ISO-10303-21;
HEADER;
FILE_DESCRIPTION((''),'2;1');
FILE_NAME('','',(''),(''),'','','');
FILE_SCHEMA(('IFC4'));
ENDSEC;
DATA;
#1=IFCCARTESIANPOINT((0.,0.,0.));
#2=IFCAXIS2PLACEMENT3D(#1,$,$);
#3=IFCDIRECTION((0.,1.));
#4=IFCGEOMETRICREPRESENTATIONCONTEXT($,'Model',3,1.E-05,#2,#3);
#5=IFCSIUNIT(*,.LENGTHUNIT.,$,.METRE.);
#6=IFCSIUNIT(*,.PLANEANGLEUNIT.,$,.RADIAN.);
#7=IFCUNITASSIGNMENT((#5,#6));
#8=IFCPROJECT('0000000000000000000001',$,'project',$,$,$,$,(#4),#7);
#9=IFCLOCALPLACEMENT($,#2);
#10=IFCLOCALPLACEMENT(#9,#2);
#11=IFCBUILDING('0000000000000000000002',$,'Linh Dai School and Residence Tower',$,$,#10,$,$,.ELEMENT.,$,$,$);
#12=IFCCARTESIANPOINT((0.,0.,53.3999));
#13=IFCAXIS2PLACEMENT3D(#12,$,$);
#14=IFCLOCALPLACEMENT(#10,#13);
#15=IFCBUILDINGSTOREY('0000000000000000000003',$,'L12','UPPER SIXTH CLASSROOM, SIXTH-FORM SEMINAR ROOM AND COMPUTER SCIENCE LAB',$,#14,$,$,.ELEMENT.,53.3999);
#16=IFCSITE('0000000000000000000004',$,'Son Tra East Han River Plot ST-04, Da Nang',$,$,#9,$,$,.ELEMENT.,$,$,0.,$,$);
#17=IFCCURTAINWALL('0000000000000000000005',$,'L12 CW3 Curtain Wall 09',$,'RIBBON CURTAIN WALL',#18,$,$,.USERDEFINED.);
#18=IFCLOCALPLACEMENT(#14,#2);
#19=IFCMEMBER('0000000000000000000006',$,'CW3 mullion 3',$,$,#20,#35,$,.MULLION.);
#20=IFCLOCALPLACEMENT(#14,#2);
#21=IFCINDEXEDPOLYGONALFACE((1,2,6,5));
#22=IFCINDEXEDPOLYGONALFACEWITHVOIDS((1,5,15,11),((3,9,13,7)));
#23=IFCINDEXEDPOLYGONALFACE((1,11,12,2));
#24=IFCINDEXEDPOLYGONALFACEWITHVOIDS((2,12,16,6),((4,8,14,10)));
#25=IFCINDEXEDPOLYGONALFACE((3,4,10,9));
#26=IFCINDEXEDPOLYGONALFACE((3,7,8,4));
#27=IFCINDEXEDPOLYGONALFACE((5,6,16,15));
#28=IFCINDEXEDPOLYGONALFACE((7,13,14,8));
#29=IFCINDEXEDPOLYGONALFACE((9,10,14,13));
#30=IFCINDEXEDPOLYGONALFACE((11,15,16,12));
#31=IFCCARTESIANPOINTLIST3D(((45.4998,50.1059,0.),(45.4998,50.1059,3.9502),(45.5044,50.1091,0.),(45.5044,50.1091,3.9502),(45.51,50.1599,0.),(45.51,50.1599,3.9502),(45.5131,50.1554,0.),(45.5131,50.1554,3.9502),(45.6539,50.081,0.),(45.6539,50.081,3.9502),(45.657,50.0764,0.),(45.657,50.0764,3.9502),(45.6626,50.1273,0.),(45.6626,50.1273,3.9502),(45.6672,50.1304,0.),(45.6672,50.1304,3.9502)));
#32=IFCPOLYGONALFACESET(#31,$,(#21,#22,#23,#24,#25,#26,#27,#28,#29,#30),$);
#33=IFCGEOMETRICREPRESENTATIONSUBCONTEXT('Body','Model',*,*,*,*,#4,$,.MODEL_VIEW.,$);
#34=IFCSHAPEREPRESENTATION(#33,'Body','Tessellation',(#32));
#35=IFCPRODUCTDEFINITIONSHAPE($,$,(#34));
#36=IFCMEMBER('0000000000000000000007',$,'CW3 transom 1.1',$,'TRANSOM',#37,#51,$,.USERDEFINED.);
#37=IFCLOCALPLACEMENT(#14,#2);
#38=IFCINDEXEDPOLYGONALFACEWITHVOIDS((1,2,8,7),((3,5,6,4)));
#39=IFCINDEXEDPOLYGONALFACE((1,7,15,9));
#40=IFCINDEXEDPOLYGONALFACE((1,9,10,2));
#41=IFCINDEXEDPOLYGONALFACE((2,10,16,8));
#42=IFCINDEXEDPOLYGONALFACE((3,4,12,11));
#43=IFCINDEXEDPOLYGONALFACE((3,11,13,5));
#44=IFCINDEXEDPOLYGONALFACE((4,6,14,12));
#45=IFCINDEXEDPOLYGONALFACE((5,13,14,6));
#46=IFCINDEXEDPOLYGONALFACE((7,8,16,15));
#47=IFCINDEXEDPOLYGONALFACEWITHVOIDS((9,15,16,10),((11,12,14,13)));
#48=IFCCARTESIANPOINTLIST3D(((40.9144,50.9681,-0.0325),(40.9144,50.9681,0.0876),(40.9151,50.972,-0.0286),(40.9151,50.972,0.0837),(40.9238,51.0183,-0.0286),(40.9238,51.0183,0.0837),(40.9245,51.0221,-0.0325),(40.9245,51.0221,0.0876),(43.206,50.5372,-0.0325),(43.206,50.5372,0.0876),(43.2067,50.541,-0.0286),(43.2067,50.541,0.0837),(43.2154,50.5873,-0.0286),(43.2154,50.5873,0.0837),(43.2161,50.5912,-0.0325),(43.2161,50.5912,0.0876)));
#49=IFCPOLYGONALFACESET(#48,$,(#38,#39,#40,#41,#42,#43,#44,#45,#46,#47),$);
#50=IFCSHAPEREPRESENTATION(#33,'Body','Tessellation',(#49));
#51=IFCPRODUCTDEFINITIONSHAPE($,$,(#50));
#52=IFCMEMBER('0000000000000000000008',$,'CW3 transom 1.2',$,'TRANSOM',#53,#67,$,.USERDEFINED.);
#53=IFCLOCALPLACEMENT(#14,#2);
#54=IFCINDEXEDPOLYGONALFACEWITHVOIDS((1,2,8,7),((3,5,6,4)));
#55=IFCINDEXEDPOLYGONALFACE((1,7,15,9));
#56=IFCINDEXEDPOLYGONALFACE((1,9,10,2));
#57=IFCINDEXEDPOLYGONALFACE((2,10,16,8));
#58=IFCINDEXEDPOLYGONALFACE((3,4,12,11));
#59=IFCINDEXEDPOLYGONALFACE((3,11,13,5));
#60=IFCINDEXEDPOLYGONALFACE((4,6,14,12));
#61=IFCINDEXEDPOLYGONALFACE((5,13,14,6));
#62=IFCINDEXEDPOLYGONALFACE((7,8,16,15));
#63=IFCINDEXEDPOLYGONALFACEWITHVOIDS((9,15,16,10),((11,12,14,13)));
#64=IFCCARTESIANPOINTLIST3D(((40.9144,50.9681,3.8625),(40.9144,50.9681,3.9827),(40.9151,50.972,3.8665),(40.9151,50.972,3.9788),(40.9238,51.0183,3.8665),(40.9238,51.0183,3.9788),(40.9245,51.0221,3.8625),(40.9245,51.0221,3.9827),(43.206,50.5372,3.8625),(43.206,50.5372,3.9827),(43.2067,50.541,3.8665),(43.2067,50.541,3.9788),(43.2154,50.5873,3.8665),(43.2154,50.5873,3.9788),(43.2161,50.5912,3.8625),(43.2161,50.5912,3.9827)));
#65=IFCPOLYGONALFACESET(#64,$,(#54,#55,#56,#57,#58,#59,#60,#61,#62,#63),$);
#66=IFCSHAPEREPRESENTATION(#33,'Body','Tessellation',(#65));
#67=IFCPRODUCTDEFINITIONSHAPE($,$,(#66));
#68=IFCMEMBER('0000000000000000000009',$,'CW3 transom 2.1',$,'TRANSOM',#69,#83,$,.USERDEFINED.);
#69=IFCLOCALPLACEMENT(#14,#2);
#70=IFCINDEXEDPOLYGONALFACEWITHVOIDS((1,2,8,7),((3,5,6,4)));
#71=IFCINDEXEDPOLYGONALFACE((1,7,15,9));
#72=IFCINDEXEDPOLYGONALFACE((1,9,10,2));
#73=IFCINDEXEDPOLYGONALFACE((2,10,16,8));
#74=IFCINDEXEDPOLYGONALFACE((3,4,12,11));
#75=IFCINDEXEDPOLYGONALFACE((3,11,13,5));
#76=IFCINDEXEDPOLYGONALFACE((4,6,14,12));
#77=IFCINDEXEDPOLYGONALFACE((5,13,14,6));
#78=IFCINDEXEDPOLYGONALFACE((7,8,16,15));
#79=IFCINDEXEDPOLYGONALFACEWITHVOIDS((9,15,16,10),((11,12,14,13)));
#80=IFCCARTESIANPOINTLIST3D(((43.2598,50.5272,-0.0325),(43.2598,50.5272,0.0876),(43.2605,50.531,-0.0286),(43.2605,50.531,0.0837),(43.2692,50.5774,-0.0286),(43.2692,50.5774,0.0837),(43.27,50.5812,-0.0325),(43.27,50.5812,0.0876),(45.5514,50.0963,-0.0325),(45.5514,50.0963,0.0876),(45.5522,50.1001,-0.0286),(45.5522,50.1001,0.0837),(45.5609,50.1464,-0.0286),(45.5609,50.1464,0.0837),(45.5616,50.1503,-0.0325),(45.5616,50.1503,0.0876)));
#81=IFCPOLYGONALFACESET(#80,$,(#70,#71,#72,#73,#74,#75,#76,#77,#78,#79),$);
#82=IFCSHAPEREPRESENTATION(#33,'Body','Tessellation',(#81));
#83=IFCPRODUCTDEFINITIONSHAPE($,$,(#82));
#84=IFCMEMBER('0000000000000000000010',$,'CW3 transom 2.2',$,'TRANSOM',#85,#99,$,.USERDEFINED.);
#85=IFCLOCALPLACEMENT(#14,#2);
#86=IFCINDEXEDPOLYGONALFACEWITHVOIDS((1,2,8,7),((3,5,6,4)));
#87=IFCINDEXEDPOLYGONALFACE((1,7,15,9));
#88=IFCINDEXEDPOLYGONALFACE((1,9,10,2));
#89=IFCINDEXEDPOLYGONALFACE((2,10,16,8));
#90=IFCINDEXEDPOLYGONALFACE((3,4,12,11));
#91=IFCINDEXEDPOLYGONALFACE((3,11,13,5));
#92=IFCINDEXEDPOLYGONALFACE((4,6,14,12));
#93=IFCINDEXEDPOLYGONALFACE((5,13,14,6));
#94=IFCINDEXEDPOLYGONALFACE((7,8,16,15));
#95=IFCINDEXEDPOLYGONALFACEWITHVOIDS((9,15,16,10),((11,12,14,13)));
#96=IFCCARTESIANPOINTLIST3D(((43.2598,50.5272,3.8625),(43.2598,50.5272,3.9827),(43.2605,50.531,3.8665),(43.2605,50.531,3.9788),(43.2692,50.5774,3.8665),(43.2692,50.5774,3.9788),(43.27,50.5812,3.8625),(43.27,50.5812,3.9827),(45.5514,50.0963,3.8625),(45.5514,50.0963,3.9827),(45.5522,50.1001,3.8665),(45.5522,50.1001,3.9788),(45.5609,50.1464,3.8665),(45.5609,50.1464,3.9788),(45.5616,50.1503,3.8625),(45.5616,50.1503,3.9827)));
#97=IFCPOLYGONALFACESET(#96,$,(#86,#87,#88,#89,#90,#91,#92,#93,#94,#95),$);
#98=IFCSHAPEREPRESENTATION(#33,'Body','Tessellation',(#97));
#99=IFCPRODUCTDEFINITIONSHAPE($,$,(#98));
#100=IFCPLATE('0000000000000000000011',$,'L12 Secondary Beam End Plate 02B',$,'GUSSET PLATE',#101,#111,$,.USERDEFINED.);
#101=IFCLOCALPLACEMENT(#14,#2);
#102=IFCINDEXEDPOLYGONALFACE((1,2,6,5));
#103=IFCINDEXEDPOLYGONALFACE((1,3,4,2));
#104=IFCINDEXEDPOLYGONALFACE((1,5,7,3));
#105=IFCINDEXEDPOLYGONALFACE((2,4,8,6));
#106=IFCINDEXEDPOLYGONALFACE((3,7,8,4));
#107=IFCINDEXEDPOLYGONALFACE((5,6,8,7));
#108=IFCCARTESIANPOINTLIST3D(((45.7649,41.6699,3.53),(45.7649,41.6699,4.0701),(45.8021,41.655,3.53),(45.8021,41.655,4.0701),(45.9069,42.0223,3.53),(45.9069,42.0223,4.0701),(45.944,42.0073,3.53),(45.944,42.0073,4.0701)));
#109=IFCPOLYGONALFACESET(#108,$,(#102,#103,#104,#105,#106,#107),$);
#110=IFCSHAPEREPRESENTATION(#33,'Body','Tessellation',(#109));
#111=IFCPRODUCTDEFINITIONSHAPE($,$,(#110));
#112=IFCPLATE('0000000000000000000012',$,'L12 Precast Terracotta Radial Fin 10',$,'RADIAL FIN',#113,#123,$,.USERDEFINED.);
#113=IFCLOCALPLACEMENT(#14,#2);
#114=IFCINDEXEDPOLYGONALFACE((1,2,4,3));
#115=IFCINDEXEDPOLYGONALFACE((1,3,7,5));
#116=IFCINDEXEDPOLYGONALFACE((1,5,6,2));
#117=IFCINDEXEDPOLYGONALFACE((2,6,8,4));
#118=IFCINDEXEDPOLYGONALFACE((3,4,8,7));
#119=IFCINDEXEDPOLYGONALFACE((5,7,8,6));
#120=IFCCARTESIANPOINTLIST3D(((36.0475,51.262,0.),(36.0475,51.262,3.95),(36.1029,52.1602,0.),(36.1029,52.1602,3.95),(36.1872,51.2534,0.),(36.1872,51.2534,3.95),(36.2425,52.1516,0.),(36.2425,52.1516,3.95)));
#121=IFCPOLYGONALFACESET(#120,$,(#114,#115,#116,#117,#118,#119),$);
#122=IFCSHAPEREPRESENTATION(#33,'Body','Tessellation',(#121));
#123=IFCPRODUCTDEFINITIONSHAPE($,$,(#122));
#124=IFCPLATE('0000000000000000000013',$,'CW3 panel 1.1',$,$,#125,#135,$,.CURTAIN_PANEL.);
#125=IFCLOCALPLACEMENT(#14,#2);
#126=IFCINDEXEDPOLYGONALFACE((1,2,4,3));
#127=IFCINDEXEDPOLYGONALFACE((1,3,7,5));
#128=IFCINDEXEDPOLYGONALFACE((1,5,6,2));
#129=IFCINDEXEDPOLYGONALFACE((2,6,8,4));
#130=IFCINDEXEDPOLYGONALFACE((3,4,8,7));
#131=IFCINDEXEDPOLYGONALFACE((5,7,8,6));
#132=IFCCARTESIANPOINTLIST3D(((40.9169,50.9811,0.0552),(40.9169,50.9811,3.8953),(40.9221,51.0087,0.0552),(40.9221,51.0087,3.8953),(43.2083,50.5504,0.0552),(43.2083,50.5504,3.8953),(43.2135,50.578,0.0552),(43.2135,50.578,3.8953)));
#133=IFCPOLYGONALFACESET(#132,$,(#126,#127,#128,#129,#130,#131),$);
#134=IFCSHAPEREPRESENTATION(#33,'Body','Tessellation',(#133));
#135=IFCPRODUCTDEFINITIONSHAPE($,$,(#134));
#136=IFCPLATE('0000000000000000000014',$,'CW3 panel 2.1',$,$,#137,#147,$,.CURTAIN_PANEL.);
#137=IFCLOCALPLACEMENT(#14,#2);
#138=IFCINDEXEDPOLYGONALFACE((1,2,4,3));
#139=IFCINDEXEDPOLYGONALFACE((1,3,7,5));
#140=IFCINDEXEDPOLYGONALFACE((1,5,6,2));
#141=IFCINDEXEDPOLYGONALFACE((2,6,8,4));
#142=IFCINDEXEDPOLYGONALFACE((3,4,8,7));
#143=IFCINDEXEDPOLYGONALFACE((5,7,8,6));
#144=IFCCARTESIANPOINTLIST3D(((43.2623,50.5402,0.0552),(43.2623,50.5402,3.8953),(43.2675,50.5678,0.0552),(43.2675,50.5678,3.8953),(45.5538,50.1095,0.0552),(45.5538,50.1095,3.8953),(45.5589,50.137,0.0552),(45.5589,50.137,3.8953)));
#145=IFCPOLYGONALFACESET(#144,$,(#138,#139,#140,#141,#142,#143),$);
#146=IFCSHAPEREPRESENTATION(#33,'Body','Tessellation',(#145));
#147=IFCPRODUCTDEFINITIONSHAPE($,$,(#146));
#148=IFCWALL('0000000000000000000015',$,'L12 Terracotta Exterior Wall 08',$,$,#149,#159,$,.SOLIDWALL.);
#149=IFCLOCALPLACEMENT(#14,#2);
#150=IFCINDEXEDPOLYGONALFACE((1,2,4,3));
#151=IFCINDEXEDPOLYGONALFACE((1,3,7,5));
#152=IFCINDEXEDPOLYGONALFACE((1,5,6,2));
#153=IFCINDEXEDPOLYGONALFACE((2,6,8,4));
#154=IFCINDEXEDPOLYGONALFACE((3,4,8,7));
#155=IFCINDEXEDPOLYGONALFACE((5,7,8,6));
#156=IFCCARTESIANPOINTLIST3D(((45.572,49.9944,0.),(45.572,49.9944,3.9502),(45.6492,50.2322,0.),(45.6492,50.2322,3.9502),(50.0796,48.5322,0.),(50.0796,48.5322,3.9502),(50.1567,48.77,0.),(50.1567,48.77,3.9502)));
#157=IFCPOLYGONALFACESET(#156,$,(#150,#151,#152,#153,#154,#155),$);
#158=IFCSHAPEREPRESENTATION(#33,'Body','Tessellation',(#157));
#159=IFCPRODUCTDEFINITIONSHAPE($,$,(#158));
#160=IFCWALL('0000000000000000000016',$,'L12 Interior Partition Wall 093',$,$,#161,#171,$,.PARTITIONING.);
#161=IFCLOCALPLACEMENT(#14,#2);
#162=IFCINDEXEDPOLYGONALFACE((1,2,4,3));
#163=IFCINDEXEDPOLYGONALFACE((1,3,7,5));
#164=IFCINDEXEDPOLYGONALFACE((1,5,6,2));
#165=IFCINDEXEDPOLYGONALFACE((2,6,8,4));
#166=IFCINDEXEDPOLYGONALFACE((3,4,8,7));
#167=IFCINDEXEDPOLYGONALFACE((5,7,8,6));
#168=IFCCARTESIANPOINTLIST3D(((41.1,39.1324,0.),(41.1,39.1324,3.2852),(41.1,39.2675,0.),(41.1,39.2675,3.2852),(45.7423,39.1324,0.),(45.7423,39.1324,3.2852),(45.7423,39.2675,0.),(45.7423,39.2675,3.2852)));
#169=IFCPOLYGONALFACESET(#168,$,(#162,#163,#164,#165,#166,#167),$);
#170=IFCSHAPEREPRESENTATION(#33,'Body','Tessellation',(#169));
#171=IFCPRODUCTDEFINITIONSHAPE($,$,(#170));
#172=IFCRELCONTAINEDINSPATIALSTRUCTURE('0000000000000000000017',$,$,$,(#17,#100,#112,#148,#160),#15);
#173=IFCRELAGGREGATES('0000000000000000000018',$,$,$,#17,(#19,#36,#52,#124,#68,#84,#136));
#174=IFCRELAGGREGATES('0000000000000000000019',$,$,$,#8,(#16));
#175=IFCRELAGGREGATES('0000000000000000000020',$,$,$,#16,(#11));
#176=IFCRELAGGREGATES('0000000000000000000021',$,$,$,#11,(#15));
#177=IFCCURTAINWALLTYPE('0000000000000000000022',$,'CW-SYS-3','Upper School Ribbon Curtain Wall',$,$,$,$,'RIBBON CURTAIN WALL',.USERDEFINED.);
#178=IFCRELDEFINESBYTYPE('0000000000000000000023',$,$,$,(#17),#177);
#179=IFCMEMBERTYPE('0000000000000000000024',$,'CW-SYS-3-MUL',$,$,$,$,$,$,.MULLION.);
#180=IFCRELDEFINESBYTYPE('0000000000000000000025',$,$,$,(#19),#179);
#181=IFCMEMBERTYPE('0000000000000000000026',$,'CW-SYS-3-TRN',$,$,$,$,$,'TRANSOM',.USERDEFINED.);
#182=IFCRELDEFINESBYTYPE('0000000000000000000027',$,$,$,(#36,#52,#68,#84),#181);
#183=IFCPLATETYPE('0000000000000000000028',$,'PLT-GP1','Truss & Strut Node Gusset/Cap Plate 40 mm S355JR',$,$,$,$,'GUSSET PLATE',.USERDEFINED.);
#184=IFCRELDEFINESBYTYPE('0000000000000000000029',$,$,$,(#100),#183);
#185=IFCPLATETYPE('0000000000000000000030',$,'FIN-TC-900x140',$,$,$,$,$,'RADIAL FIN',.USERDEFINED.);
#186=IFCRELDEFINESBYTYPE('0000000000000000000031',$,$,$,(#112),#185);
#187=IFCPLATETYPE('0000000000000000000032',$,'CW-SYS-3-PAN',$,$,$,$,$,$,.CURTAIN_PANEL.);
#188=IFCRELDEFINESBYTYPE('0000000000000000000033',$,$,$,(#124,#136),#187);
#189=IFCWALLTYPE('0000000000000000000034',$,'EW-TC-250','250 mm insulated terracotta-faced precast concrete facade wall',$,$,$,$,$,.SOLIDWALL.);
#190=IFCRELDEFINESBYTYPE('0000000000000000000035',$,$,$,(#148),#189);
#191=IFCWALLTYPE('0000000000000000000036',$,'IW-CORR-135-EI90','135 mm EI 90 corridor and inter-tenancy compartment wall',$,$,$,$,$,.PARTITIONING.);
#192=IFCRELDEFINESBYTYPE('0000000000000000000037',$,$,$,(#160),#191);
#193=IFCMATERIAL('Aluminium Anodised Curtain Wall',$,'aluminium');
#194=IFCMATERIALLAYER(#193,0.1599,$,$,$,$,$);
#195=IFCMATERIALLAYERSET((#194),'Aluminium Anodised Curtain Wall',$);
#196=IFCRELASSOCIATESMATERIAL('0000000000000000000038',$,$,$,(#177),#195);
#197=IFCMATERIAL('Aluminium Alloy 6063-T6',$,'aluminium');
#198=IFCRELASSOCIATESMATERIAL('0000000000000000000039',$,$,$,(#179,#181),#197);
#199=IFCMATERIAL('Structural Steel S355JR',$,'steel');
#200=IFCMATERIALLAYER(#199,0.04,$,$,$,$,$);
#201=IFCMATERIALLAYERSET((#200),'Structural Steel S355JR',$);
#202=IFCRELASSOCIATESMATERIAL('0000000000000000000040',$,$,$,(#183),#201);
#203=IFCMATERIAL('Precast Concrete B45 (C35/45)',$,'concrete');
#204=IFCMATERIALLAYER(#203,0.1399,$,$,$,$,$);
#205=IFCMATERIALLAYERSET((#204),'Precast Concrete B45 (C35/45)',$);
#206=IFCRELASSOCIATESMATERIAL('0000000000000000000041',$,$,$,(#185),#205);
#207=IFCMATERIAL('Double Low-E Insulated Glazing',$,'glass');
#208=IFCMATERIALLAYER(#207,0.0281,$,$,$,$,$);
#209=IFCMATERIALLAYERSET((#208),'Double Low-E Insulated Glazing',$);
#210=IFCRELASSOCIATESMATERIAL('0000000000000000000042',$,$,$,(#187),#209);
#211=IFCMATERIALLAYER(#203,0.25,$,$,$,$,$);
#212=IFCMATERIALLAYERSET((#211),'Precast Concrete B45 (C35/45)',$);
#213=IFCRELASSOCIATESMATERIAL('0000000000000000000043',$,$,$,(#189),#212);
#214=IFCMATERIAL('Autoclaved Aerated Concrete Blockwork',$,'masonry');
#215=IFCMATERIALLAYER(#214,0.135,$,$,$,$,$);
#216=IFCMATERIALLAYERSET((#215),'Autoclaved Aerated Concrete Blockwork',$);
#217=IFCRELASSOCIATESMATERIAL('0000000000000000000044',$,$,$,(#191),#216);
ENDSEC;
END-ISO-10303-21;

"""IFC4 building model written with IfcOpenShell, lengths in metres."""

from ifc_helpers import new_model, si_unit, direction, frame, frame_2d, origin, origin_2d, place, context, subcontext, project, spatial, rectangle, hollow_rectangle, extrude, source, transform, mapped, material, layer, layer_set, material_profile, profile_set, type_object, element, aggregate, save


model = new_model("IFC4")

# Units and contexts
model_context = context("Model", 3, precision=1e-05, world=origin(), true_north=direction((0.0, 1.0)))
body_context = subcontext(model_context, "Body", "Model", "MODEL_VIEW")
ifc_project = project(units=[si_unit("LENGTHUNIT", "METRE"), si_unit("PLANEANGLEUNIT", "RADIAN")], contexts=[model_context])

# Site, building, storey
site_placement = place(None, origin())
site = spatial("IfcSite", under=ifc_project, at=site_placement, Name="Son Tra East Han River Plot ST-04, Da Nang", CompositionType="ELEMENT", RefElevation=0.0)
building_placement = place(site_placement, origin())
building = spatial("IfcBuilding", under=site, at=building_placement, Name="Linh Dai School and Residence Tower", CompositionType="ELEMENT")
storey_placement = place(building_placement, frame((0.0, 0.0, 53.3999)))
storey = spatial("IfcBuildingStorey", under=building, at=storey_placement, Name="L12", Description="UPPER SIXTH CLASSROOM, SIXTH-FORM SEMINAR ROOM AND COMPUTER SCIENCE LAB", CompositionType="ELEMENT", Elevation=53.3999)

# Shared definitions
ifc_material_1 = material(Name="Structural Steel S355JR", Category="steel")

# Curtain wall, members
ifc_material_2 = material(Name="Aluminium Anodised Curtain Wall", Category="aluminium")
ifc_layer_1 = layer(ifc_material_2, 0.1599)
ifc_layer_set_1 = layer_set([ifc_layer_1], Name="Aluminium Anodised Curtain Wall")
curtain_wall_type = type_object("IfcCurtainWallType", Name="CW-SYS-3", Description="Upper School Ribbon Curtain Wall", ElementType="RIBBON CURTAIN WALL", PredefinedType="USERDEFINED", material=ifc_layer_set_1)
curtain_wall_placement = place(storey_placement, origin())
curtain_wall = element("IfcCurtainWall", 1, at=curtain_wall_placement, inside=storey, type_object=curtain_wall_type, Name="L12 CW3 Curtain Wall 09", ObjectType="RIBBON CURTAIN WALL", PredefinedType="USERDEFINED")
ifc_material_3 = material(Name="Aluminium Alloy 6063-T6", Category="aluminium")
ifc_material_profile_1 = material_profile(ifc_material_3, hollow_rectangle(XDim=0.0549, YDim=0.1599, WallThickness=0.0039, at=origin_2d()), Name="RHS 160x55x4")
ifc_profile_set_1 = profile_set([ifc_material_profile_1], Name="Aluminium Alloy 6063-T6")
member_type_1 = type_object("IfcMemberType", Name="CW-SYS-3-MUL", PredefinedType="MULLION", material=ifc_profile_set_1)
shared_shape_1 = source(origin(), body_context, "Body", "SweptSolid", [
    extrude(hollow_rectangle(XDim=0.0549, YDim=0.1599, WallThickness=0.0039, at=origin_2d()), origin(), (0.0, 0.0, 1.0), 3.9502),
])
member_1_placement = place(storey_placement, frame((45.5835, 50.1182, 0.0), z_axis=(0.0, 0.0, 1.0), x_axis=(0.184748, 0.982786, 0.0)))
member_1 = element("IfcMember", 2, at=member_1_placement, type_object=member_type_1, Name="CW3 mullion 3", PredefinedType="MULLION", context=body_context, shape_type="MappedRepresentation", body=[
    mapped(shared_shape_1, transform((0.0, 0.0, 0.0), x_axis=(1.0, 0.0, 0.0), y_axis=(0.0, 1.0, 0.0), z_axis=(0.0, 0.0, 1.0), scale=1.0)),
])
ifc_material_profile_2 = material_profile(ifc_material_3, hollow_rectangle(XDim=0.0549, YDim=0.1201, WallThickness=0.0039, at=origin_2d()), Name="RHS 120x55x4")
ifc_profile_set_2 = profile_set([ifc_material_profile_2], Name="Aluminium Alloy 6063-T6")
member_type_2 = type_object("IfcMemberType", Name="CW-SYS-3-TRN", ElementType="TRANSOM", PredefinedType="USERDEFINED", material=ifc_profile_set_2)
shared_shape_2 = source(origin(), body_context, "Body", "SweptSolid", [
    extrude(hollow_rectangle(XDim=0.0549, YDim=0.1201, WallThickness=0.0039, at=origin_2d()), origin(), (0.0, 0.0, 1.0), 2.3318),
])
member_2_placement = place(storey_placement, frame((40.9194, 50.9951, 0.0276), z_axis=(0.982775, -0.184807, 0.0), x_axis=(0.184807, 0.982775, 0.0)))
member_2 = element("IfcMember", 3, at=member_2_placement, type_object=member_type_2, Name="CW3 transom 1.1", ObjectType="TRANSOM", PredefinedType="USERDEFINED", context=body_context, shape_type="MappedRepresentation", body=[
    mapped(shared_shape_2, transform((0.0, 0.0, 0.0), x_axis=(1.0, 0.0, 0.0), y_axis=(0.0, 1.0, 0.0), z_axis=(0.0, 0.0, 1.0), scale=1.0)),
])
member_3_placement = place(storey_placement, frame((40.9194, 50.9951, 3.9226), z_axis=(0.982775, -0.184807, 0.0), x_axis=(0.184807, 0.982775, 0.0)))
member_3 = element("IfcMember", 4, at=member_3_placement, type_object=member_type_2, Name="CW3 transom 1.2", ObjectType="TRANSOM", PredefinedType="USERDEFINED", context=body_context, shape_type="MappedRepresentation", body=[
    mapped(shared_shape_2, transform((0.0, 0.0, 0.0), x_axis=(1.0, 0.0, 0.0), y_axis=(0.0, 1.0, 0.0), z_axis=(0.0, 0.0, 1.0), scale=1.0)),
])
member_4_placement = place(storey_placement, frame((43.2649, 50.5542, 0.0276), z_axis=(0.982775, -0.184807, 0.0), x_axis=(0.184807, 0.982775, 0.0)))
member_4 = element("IfcMember", 5, at=member_4_placement, type_object=member_type_2, Name="CW3 transom 2.1", ObjectType="TRANSOM", PredefinedType="USERDEFINED", context=body_context, shape_type="MappedRepresentation", body=[
    mapped(shared_shape_2, transform((0.0, 0.0, 0.0), x_axis=(1.0, 0.0, 0.0), y_axis=(0.0, 1.0, 0.0), z_axis=(0.0, 0.0, 1.0), scale=1.0)),
])
member_5_placement = place(storey_placement, frame((43.2649, 50.5542, 3.9226), z_axis=(0.982775, -0.184807, 0.0), x_axis=(0.184807, 0.982775, 0.0)))
member_5 = element("IfcMember", 6, at=member_5_placement, type_object=member_type_2, Name="CW3 transom 2.2", ObjectType="TRANSOM", PredefinedType="USERDEFINED", context=body_context, shape_type="MappedRepresentation", body=[
    mapped(shared_shape_2, transform((0.0, 0.0, 0.0), x_axis=(1.0, 0.0, 0.0), y_axis=(0.0, 1.0, 0.0), z_axis=(0.0, 0.0, 1.0), scale=1.0)),
])

# Plates
ifc_layer_2 = layer(ifc_material_1, 0.04)
ifc_layer_set_2 = layer_set([ifc_layer_2], Name="Structural Steel S355JR")
plate_type_1 = type_object("IfcPlateType", Name="PLT-GP1", Description="Truss & Strut Node Gusset/Cap Plate 40 mm S355JR", ElementType="GUSSET PLATE", PredefinedType="USERDEFINED", material=ifc_layer_set_2)
shared_shape_3 = source(origin(), body_context, "Body", "SweptSolid", [
    extrude(rectangle(XDim=0.04, YDim=0.3799, at=origin_2d()), origin(), (0.0, 0.0, 1.0), 0.54),
])
plate_1_placement = place(storey_placement, frame((45.8545, 41.8386, 3.53), z_axis=(0.0, 0.0, 1.0), x_axis=(-0.927536, 0.373733, 0.0)))
element("IfcPlate", 7, at=plate_1_placement, inside=storey, type_object=plate_type_1, Name="L12 Secondary Beam End Plate 02B", ObjectType="GUSSET PLATE", PredefinedType="USERDEFINED", context=body_context, shape_type="MappedRepresentation", body=[
    mapped(shared_shape_3, transform((0.0, 0.0, 0.0), x_axis=(1.0, 0.0, 0.0), y_axis=(0.0, 1.0, 0.0), z_axis=(0.0, 0.0, 1.0), scale=1.0)),
])
ifc_material_4 = material(Name="Precast Concrete B45 (C35/45)", Category="concrete")
ifc_layer_3 = layer(ifc_material_4, 0.1399)
ifc_layer_set_3 = layer_set([ifc_layer_3], Name="Precast Concrete B45 (C35/45)")
plate_type_2 = type_object("IfcPlateType", Name="FIN-TC-900x140", ElementType="RADIAL FIN", PredefinedType="USERDEFINED", material=ifc_layer_set_3)
shared_shape_4 = source(origin(), body_context, "Body", "SweptSolid", [
    extrude(rectangle(XDim=0.8999, YDim=0.1399, at=origin_2d()), origin(), (0.0, 0.0, 1.0), 3.95),
])
plate_2_placement = place(storey_placement, frame((36.145, 51.7068, 0.0), z_axis=(0.0, 0.0, 1.0), x_axis=(0.061507, 0.998107, 0.0)))
element("IfcPlate", 8, at=plate_2_placement, inside=storey, type_object=plate_type_2, Name="L12 Precast Terracotta Radial Fin 10", ObjectType="RADIAL FIN", PredefinedType="USERDEFINED", context=body_context, shape_type="MappedRepresentation", body=[
    mapped(shared_shape_4, transform((0.0, 0.0, 0.0), x_axis=(1.0, 0.0, 0.0), y_axis=(0.0, 1.0, 0.0), z_axis=(0.0, 0.0, 1.0), scale=1.0)),
])

# Plates
ifc_material_5 = material(Name="Double Low-E Insulated Glazing", Category="glass")
ifc_layer_4 = layer(ifc_material_5, 0.0281)
ifc_layer_set_4 = layer_set([ifc_layer_4], Name="Double Low-E Insulated Glazing")
plate_type_3 = type_object("IfcPlateType", Name="CW-SYS-3-PAN", PredefinedType="CURTAIN_PANEL", material=ifc_layer_set_4)
shared_shape_5 = source(origin(), body_context, "Body", "SweptSolid", [
    extrude(rectangle(XDim=2.3315, YDim=0.0281, at=origin_2d()), origin(), (0.0, 0.0, 1.0), 3.8401),
])
plate_3_placement = place(storey_placement, frame((42.0652, 50.7795, 0.0552), z_axis=(0.0, 0.0, 1.0), x_axis=(0.982786, -0.184748, 0.0)))
plate_3 = element("IfcPlate", 9, at=plate_3_placement, type_object=plate_type_3, Name="CW3 panel 1.1", PredefinedType="CURTAIN_PANEL", context=body_context, shape_type="MappedRepresentation", body=[
    mapped(shared_shape_5, transform((0.0, 0.0, 0.0), x_axis=(1.0, 0.0, 0.0), y_axis=(0.0, 1.0, 0.0), z_axis=(0.0, 0.0, 1.0), scale=1.0)),
])
plate_4_placement = place(storey_placement, frame((44.4106, 50.3386, 0.0552), z_axis=(0.0, 0.0, 1.0), x_axis=(0.982786, -0.184748, 0.0)))
plate_4 = element("IfcPlate", 10, at=plate_4_placement, type_object=plate_type_3, Name="CW3 panel 2.1", PredefinedType="CURTAIN_PANEL", context=body_context, shape_type="MappedRepresentation", body=[
    mapped(shared_shape_5, transform((0.0, 0.0, 0.0), x_axis=(1.0, 0.0, 0.0), y_axis=(0.0, 1.0, 0.0), z_axis=(0.0, 0.0, 1.0), scale=1.0)),
])
aggregate(curtain_wall, [member_1, member_2, member_3, plate_3, member_4, member_5, plate_4])

# Walls
ifc_layer_5 = layer(ifc_material_4, 0.25)
ifc_layer_set_5 = layer_set([ifc_layer_5], Name="Precast Concrete B45 (C35/45)")
wall_type_1 = type_object("IfcWallType", Name="EW-TC-250", Description="250 mm insulated terracotta-faced precast concrete facade wall", PredefinedType="SOLIDWALL", material=ifc_layer_set_5)
wall_1_placement = place(storey_placement, frame((45.6106, 50.1133, 0.0), z_axis=(0.0, 0.0, 1.0), x_axis=(0.951208, -0.308551, 0.0)))
element("IfcWall", 11, at=wall_1_placement, inside=storey, type_object=wall_type_1, Name="L12 Terracotta Exterior Wall 08", PredefinedType="SOLIDWALL", context=body_context, shape_type="SweptSolid", body=[
    extrude(rectangle(XDim=4.7388, YDim=0.25, at=frame_2d((2.3694, 0.0))), origin(), (0.0, 0.0, 1.0), 3.9502),
])
ifc_material_6 = material(Name="Autoclaved Aerated Concrete Blockwork", Category="masonry")
ifc_layer_6 = layer(ifc_material_6, 0.135)
ifc_layer_set_6 = layer_set([ifc_layer_6], Name="Autoclaved Aerated Concrete Blockwork")
wall_type_2 = type_object("IfcWallType", Name="IW-CORR-135-EI90", Description="135 mm EI 90 corridor and inter-tenancy compartment wall", PredefinedType="PARTITIONING", material=ifc_layer_set_6)
wall_2_placement = place(storey_placement, frame((45.7424, 39.2, 0.0), z_axis=(0.0, 0.0, 1.0), x_axis=(-1.0, 0.0, 0.0)))
element("IfcWall", 12, at=wall_2_placement, inside=storey, type_object=wall_type_2, Name="L12 Interior Partition Wall 093", PredefinedType="PARTITIONING", context=body_context, shape_type="SweptSolid", body=[
    extrude(rectangle(XDim=4.6423, YDim=0.135, at=frame_2d((2.3213, 0.0))), origin(), (0.0, 0.0, 1.0), 3.2852),
])

save(model, "model.ifc")
